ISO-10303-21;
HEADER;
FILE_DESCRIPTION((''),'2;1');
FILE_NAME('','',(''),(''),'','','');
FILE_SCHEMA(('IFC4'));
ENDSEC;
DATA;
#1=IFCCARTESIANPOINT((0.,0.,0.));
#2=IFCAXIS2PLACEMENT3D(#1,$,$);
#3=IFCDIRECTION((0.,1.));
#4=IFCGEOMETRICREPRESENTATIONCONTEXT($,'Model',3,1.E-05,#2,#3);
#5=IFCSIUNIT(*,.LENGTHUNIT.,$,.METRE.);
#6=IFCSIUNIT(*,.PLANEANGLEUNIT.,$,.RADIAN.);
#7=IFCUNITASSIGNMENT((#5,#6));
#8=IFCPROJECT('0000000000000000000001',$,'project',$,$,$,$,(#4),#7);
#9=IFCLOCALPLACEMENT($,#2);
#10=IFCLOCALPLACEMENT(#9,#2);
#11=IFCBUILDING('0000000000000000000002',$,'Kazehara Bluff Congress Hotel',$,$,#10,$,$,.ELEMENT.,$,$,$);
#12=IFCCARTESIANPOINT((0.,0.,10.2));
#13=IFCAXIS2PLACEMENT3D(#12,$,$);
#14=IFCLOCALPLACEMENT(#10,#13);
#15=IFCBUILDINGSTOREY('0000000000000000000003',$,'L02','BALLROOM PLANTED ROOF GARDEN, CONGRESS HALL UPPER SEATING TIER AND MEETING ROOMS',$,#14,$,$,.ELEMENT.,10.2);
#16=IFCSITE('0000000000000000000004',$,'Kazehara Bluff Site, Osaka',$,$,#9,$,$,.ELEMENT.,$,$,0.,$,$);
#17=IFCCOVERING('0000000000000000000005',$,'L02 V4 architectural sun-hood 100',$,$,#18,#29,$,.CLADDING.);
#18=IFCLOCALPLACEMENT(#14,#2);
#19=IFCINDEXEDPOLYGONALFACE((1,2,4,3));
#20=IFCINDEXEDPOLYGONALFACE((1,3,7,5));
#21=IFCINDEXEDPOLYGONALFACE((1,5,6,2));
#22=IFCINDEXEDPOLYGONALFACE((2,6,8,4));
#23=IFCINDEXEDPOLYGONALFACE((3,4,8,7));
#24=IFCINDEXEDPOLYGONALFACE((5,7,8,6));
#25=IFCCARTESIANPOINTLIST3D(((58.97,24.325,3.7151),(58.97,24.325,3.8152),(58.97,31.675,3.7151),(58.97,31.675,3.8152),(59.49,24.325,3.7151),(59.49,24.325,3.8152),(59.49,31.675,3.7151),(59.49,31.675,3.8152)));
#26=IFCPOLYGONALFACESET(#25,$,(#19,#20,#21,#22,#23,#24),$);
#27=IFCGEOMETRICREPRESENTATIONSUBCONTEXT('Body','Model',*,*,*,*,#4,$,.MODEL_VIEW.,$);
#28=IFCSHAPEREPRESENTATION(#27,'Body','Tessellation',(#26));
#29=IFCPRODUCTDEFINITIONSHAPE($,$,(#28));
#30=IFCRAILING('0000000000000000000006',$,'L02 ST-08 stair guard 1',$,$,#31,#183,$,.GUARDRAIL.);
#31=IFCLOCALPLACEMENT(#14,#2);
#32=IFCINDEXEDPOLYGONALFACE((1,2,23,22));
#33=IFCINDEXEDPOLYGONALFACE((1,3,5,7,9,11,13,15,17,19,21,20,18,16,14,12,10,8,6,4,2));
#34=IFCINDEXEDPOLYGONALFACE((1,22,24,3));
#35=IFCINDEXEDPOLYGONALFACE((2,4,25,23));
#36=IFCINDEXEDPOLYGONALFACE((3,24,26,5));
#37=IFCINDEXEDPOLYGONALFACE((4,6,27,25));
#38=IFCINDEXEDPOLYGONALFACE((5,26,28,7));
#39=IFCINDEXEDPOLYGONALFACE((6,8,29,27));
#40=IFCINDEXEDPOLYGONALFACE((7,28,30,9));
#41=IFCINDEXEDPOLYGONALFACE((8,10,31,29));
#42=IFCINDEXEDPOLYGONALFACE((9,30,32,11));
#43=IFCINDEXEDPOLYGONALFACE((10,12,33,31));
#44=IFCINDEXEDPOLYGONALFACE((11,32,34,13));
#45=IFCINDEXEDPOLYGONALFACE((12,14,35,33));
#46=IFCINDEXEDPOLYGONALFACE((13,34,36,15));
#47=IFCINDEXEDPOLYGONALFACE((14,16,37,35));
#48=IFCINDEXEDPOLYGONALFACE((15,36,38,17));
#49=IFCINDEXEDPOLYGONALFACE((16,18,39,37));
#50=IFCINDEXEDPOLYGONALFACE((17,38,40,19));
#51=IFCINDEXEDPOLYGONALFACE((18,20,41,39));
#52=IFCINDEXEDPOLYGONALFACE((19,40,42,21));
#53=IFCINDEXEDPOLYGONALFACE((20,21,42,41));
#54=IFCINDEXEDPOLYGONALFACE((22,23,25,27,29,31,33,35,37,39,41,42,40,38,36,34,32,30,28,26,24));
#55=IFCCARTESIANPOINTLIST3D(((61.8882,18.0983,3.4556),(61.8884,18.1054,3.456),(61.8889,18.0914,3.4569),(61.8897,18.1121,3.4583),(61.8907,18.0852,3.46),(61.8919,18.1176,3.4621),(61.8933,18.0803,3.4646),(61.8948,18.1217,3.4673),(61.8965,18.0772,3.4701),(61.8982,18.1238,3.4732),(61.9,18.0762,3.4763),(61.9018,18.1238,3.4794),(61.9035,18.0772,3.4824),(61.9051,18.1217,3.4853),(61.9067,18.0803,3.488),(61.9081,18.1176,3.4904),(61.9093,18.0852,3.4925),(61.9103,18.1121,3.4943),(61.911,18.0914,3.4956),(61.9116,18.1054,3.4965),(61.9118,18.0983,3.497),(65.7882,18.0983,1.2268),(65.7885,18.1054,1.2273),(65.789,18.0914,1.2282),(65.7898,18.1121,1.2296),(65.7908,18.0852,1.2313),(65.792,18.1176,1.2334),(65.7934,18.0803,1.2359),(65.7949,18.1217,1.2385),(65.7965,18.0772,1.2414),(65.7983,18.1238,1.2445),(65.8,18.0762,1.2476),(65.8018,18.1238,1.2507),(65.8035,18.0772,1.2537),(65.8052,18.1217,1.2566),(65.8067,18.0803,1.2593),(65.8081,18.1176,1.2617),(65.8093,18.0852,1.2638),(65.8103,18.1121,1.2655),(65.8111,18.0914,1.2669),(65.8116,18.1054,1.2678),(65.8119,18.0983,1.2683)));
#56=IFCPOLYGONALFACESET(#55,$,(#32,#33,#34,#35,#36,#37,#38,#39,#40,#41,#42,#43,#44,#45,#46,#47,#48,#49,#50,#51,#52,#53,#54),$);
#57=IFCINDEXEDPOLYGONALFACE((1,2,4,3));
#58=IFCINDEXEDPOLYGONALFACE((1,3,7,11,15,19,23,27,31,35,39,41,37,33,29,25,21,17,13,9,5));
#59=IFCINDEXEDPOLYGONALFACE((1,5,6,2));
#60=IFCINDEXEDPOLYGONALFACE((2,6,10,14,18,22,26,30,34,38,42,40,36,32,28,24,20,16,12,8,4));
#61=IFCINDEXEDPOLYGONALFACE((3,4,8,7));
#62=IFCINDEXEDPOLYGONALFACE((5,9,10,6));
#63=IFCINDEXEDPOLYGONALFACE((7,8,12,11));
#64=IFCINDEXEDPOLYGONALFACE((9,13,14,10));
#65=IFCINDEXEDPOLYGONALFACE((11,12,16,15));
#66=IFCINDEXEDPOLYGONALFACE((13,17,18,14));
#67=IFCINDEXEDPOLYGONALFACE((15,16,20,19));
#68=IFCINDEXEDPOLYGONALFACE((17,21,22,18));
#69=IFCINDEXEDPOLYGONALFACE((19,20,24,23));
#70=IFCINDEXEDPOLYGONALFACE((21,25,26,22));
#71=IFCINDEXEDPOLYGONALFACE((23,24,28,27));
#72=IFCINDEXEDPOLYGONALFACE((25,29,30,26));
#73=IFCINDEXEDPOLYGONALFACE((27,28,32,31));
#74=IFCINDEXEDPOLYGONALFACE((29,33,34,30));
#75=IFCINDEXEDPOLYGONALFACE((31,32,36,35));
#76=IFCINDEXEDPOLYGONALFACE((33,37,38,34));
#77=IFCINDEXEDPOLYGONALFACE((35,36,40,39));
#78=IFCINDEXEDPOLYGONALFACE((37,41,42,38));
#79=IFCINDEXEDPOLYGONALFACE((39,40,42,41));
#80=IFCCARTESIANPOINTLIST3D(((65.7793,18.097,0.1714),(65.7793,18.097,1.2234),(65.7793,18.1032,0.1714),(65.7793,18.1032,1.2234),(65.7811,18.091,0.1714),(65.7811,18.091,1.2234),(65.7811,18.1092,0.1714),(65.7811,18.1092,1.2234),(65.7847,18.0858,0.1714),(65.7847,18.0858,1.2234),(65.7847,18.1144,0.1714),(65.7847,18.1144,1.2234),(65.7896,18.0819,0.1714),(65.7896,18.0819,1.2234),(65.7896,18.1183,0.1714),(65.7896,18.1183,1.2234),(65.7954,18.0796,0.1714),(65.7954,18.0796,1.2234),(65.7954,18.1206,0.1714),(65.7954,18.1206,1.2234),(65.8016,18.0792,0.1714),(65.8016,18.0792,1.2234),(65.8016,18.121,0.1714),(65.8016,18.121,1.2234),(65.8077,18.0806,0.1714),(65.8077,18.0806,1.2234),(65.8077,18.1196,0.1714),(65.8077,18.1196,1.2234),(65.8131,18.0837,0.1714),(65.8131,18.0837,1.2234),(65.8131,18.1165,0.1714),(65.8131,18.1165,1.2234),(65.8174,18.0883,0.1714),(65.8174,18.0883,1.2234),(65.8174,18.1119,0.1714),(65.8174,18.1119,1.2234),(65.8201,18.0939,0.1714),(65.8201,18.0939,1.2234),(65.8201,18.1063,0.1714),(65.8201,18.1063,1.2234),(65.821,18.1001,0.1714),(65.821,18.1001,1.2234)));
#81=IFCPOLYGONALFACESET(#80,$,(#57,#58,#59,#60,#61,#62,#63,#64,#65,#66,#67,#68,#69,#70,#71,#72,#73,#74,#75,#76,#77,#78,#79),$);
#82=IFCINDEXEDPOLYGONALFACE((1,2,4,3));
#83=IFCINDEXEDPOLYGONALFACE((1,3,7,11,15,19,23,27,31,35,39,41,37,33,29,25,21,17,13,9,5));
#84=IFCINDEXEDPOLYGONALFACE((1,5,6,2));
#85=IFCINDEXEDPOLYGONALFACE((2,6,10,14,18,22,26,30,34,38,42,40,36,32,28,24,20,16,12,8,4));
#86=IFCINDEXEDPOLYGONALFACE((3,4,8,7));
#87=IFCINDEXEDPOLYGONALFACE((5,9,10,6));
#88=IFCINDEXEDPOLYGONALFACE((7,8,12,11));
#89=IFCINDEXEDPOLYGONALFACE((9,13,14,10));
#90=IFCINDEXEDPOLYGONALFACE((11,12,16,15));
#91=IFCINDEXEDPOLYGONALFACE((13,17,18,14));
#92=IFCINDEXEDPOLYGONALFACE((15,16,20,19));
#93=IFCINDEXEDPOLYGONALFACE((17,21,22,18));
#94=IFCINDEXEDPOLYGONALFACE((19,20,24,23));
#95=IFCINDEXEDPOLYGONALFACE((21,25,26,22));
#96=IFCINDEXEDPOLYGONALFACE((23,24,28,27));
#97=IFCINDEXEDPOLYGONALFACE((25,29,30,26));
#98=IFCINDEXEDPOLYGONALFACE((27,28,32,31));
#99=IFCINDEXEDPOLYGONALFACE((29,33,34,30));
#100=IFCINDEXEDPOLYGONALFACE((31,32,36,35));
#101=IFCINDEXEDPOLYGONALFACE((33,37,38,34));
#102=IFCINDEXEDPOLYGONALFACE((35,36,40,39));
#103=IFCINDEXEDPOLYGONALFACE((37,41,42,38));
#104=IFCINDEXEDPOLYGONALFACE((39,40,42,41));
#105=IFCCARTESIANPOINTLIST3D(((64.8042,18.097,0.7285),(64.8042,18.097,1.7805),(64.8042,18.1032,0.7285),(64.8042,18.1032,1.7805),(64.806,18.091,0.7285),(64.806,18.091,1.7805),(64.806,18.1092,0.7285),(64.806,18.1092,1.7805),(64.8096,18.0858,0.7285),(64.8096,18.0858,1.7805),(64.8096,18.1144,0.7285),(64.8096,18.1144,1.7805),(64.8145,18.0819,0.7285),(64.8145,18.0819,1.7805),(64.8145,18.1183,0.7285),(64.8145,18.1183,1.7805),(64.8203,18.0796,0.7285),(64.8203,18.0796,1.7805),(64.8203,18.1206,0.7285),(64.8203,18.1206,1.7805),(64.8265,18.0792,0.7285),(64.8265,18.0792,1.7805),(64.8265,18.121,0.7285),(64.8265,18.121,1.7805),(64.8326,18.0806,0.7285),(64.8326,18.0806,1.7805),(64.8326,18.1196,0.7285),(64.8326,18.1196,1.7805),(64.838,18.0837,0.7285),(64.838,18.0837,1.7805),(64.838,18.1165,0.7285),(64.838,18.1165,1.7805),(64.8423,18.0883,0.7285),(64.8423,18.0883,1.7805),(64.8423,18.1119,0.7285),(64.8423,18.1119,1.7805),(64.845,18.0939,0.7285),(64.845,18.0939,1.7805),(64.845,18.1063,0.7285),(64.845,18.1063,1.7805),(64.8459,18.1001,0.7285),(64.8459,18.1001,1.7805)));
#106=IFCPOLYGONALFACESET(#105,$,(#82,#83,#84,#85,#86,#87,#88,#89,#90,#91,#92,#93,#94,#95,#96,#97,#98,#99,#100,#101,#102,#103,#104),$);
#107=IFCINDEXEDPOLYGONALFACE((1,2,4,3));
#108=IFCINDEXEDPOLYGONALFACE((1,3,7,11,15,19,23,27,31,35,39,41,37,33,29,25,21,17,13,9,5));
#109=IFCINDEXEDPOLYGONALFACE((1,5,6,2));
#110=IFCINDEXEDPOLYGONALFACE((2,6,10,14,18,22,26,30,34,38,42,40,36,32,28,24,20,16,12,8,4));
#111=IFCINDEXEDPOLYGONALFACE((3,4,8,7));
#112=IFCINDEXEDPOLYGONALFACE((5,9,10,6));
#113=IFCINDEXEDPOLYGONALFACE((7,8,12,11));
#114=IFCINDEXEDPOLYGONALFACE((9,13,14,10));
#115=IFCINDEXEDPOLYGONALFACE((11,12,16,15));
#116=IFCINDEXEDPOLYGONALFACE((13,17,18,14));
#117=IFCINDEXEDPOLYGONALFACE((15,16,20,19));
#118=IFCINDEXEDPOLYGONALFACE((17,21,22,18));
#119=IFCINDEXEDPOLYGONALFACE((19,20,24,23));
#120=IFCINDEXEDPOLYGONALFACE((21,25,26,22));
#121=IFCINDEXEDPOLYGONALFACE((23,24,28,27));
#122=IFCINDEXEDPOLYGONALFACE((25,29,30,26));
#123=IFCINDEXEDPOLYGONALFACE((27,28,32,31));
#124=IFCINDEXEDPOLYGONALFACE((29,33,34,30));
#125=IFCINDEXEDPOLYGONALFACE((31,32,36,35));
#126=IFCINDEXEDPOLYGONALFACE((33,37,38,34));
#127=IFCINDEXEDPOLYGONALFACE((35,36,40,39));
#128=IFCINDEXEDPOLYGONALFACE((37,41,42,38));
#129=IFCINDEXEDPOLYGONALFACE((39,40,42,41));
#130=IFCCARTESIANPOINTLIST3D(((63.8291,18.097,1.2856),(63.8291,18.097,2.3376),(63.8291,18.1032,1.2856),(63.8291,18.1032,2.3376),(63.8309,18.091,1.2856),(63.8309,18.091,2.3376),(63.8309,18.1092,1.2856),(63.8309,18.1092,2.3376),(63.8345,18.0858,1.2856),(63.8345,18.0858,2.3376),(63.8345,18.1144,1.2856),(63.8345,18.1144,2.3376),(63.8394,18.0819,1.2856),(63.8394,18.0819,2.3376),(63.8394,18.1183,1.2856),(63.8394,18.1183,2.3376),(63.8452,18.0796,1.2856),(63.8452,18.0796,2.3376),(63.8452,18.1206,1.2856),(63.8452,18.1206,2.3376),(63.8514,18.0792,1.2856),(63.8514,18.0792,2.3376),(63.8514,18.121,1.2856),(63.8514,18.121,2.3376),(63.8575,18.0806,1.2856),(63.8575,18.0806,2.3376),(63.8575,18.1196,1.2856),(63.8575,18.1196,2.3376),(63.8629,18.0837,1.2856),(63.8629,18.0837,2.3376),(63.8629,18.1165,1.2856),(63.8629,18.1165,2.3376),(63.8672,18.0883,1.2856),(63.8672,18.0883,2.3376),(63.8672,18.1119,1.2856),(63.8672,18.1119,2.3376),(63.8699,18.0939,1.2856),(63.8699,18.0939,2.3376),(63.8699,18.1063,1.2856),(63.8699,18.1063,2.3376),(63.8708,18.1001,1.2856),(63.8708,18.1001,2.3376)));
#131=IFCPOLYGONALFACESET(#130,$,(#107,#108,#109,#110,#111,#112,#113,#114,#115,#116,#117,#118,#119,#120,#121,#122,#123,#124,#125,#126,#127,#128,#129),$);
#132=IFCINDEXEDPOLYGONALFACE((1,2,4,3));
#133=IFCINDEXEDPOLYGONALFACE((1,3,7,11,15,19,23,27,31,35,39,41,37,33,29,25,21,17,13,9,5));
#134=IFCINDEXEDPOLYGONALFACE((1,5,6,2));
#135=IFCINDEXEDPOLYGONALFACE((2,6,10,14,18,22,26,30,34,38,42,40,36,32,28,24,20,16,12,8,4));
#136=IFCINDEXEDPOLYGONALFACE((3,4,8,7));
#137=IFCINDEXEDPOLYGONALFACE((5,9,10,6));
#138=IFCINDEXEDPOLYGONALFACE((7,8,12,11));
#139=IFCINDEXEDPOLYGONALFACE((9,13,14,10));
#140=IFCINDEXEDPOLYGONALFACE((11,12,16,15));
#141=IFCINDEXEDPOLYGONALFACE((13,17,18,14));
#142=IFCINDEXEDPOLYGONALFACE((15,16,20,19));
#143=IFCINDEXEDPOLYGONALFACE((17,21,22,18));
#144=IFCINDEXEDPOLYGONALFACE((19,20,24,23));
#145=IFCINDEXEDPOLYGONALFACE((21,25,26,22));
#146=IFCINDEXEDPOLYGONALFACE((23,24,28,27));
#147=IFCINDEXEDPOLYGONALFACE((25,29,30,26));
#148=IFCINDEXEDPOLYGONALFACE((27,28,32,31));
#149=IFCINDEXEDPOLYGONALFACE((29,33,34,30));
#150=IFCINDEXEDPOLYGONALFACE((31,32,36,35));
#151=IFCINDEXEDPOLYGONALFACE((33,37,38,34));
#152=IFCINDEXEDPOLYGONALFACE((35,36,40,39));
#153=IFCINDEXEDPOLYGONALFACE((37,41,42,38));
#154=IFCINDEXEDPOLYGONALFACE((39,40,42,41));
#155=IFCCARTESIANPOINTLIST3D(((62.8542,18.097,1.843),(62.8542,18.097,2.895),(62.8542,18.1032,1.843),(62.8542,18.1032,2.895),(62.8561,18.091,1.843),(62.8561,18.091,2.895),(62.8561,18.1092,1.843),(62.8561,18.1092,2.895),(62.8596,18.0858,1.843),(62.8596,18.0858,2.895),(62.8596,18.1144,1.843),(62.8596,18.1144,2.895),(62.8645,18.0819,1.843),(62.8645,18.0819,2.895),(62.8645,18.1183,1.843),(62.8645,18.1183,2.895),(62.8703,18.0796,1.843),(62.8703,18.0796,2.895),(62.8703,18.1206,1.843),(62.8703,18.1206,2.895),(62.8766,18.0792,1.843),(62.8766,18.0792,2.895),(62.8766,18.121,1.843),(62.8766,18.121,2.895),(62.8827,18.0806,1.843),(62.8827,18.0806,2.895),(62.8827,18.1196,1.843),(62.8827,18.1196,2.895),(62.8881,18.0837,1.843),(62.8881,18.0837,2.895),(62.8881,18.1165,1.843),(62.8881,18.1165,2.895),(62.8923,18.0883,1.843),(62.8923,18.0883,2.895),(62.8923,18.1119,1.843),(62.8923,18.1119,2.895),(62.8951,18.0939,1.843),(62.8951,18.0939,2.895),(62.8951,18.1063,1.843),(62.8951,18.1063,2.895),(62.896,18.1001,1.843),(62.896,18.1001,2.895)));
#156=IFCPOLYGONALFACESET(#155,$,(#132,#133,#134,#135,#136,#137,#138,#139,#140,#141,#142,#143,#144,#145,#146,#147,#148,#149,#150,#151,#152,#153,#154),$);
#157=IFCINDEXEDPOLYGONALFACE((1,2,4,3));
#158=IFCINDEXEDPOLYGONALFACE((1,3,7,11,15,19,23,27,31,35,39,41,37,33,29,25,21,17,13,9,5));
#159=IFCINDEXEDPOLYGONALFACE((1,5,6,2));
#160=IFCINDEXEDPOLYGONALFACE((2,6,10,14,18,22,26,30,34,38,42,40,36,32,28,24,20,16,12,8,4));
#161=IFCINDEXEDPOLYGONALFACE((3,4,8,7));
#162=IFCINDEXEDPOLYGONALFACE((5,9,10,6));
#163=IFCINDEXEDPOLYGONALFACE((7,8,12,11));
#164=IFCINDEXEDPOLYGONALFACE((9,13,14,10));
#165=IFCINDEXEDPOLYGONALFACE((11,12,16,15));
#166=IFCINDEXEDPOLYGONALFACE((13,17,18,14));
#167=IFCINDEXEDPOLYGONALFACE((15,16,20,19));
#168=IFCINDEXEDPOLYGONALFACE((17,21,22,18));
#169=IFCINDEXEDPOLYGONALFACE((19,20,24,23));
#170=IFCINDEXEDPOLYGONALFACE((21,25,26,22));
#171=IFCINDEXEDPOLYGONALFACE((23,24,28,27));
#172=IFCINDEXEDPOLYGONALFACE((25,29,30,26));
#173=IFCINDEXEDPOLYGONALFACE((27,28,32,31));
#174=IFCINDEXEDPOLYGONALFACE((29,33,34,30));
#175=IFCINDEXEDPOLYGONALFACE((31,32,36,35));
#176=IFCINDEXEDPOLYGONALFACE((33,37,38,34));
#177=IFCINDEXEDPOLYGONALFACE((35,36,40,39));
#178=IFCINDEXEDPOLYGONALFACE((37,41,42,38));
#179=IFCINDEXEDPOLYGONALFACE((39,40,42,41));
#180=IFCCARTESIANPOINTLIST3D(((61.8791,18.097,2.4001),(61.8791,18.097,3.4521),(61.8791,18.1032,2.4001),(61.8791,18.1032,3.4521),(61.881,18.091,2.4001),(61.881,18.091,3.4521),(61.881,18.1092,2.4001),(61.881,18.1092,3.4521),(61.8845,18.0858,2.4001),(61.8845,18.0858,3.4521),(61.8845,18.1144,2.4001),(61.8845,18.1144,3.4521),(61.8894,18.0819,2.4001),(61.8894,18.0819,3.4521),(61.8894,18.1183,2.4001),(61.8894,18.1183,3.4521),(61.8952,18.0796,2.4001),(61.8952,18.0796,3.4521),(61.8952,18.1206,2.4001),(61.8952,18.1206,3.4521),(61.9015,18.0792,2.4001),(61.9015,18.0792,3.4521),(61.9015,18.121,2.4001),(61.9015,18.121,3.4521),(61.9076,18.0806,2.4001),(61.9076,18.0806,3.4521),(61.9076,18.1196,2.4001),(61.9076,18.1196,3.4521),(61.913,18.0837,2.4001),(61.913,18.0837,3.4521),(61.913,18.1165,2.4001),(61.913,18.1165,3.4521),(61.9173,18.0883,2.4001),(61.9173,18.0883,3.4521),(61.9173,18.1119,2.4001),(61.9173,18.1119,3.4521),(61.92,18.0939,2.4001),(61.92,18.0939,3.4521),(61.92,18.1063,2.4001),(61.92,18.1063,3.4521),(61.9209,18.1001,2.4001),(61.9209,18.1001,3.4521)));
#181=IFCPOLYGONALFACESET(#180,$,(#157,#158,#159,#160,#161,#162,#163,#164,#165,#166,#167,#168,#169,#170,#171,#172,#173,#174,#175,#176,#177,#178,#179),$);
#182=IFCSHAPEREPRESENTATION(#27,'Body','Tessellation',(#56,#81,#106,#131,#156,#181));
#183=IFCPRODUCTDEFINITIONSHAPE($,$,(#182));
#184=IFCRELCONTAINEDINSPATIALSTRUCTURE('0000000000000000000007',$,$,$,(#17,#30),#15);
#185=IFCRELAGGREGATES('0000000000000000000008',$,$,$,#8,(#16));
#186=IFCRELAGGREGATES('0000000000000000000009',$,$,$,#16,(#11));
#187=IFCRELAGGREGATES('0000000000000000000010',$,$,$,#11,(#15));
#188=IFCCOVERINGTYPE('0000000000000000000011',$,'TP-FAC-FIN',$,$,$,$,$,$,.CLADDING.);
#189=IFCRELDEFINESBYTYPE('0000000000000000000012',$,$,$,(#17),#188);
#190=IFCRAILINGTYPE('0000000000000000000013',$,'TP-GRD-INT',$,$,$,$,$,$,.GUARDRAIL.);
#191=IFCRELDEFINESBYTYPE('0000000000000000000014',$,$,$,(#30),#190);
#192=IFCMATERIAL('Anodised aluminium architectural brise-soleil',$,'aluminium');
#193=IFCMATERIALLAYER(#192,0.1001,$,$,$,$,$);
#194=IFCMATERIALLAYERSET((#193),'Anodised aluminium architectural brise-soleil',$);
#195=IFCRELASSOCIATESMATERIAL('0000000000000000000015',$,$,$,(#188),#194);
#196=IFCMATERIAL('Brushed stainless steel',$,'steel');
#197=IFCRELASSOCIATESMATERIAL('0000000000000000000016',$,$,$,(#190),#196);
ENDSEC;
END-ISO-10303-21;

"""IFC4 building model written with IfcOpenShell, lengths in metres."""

from ifc_helpers import new_model, si_unit, direction, frame, origin, origin_2d, place, context, subcontext, project, spatial, rectangle, circle, extrude, material, layer, layer_set, type_object, element, save


model = new_model("IFC4")

# Units and contexts
model_context = context("Model", 3, precision=1e-05, world=origin(), true_north=direction((0.0, 1.0)))
body_context = subcontext(model_context, "Body", "Model", "MODEL_VIEW")
ifc_project = project(units=[si_unit("LENGTHUNIT", "METRE"), si_unit("PLANEANGLEUNIT", "RADIAN")], contexts=[model_context])

# Site, building, storey
site_placement = place(None, origin())
site = spatial("IfcSite", under=ifc_project, at=site_placement, Name="Kazehara Bluff Site, Osaka", CompositionType="ELEMENT", RefElevation=0.0)
building_placement = place(site_placement, origin())
building = spatial("IfcBuilding", under=site, at=building_placement, Name="Kazehara Bluff Congress Hotel", CompositionType="ELEMENT")
storey_placement = place(building_placement, frame((0.0, 0.0, 10.2)))
storey = spatial("IfcBuildingStorey", under=building, at=storey_placement, Name="L02", Description="BALLROOM PLANTED ROOF GARDEN, CONGRESS HALL UPPER SEATING TIER AND MEETING ROOMS", CompositionType="ELEMENT", Elevation=10.2)

# Covering
ifc_material_1 = material(Name="Anodised aluminium architectural brise-soleil", Category="aluminium")
ifc_layer_1 = layer(ifc_material_1, 0.1001)
ifc_layer_set_1 = layer_set([ifc_layer_1], Name="Anodised aluminium architectural brise-soleil")
covering_type = type_object("IfcCoveringType", Name="TP-FAC-FIN", PredefinedType="CLADDING", material=ifc_layer_set_1)
covering_1_placement = place(storey_placement, frame((59.23, 28.0, 3.7151), z_axis=(0.0, 0.0, 1.0), x_axis=(1.0, 0.0, 0.0)))
element("IfcCovering", 1, at=covering_1_placement, inside=storey, type_object=covering_type, Name="L02 V4 architectural sun-hood 100", PredefinedType="CLADDING", context=body_context, shape_type="SweptSolid", body=[
    extrude(rectangle(XDim=0.52, YDim=7.3501, at=origin_2d()), origin(), (0.0, 0.0, 1.0), 0.1001),
])

# Railing
ifc_material_2 = material(Name="Brushed stainless steel", Category="steel")
railing_type = type_object("IfcRailingType", Name="TP-GRD-INT", PredefinedType="GUARDRAIL", material=ifc_material_2)
railing_1_placement = place(storey_placement, frame((65.8, 18.1001, 0.1714)))
element("IfcRailing", 2, at=railing_1_placement, inside=storey, type_object=railing_type, Name="L02 ST-08 stair guard 1", PredefinedType="GUARDRAIL", context=body_context, shape_type="SweptSolid", body=[
    extrude(circle(Radius=0.0239, at=origin_2d()), frame((0.0, 0.0, 1.0762), z_axis=(-0.868233, 0.0, 0.496156), x_axis=(0.0, -1.0, 0.0)), (0.0, 0.0, 1.0), 4.4919),
    extrude(circle(Radius=0.021, at=origin_2d()), origin(), (0.0, 0.0, 1.0), 1.052),
    extrude(circle(Radius=0.021, at=origin_2d()), frame((-0.9751, 0.0, 0.5571)), (0.0, 0.0, 1.0), 1.052),
    extrude(circle(Radius=0.021, at=origin_2d()), frame((-1.9502, 0.0, 1.1143)), (0.0, 0.0, 1.0), 1.052),
    extrude(circle(Radius=0.021, at=origin_2d()), frame((-2.925, 0.0, 1.6716)), (0.0, 0.0, 1.0), 1.052),
    extrude(circle(Radius=0.021, at=origin_2d()), frame((-3.9001, 0.0, 2.2288)), (0.0, 0.0, 1.0), 1.052),
])

save(model, "model.ifc")
